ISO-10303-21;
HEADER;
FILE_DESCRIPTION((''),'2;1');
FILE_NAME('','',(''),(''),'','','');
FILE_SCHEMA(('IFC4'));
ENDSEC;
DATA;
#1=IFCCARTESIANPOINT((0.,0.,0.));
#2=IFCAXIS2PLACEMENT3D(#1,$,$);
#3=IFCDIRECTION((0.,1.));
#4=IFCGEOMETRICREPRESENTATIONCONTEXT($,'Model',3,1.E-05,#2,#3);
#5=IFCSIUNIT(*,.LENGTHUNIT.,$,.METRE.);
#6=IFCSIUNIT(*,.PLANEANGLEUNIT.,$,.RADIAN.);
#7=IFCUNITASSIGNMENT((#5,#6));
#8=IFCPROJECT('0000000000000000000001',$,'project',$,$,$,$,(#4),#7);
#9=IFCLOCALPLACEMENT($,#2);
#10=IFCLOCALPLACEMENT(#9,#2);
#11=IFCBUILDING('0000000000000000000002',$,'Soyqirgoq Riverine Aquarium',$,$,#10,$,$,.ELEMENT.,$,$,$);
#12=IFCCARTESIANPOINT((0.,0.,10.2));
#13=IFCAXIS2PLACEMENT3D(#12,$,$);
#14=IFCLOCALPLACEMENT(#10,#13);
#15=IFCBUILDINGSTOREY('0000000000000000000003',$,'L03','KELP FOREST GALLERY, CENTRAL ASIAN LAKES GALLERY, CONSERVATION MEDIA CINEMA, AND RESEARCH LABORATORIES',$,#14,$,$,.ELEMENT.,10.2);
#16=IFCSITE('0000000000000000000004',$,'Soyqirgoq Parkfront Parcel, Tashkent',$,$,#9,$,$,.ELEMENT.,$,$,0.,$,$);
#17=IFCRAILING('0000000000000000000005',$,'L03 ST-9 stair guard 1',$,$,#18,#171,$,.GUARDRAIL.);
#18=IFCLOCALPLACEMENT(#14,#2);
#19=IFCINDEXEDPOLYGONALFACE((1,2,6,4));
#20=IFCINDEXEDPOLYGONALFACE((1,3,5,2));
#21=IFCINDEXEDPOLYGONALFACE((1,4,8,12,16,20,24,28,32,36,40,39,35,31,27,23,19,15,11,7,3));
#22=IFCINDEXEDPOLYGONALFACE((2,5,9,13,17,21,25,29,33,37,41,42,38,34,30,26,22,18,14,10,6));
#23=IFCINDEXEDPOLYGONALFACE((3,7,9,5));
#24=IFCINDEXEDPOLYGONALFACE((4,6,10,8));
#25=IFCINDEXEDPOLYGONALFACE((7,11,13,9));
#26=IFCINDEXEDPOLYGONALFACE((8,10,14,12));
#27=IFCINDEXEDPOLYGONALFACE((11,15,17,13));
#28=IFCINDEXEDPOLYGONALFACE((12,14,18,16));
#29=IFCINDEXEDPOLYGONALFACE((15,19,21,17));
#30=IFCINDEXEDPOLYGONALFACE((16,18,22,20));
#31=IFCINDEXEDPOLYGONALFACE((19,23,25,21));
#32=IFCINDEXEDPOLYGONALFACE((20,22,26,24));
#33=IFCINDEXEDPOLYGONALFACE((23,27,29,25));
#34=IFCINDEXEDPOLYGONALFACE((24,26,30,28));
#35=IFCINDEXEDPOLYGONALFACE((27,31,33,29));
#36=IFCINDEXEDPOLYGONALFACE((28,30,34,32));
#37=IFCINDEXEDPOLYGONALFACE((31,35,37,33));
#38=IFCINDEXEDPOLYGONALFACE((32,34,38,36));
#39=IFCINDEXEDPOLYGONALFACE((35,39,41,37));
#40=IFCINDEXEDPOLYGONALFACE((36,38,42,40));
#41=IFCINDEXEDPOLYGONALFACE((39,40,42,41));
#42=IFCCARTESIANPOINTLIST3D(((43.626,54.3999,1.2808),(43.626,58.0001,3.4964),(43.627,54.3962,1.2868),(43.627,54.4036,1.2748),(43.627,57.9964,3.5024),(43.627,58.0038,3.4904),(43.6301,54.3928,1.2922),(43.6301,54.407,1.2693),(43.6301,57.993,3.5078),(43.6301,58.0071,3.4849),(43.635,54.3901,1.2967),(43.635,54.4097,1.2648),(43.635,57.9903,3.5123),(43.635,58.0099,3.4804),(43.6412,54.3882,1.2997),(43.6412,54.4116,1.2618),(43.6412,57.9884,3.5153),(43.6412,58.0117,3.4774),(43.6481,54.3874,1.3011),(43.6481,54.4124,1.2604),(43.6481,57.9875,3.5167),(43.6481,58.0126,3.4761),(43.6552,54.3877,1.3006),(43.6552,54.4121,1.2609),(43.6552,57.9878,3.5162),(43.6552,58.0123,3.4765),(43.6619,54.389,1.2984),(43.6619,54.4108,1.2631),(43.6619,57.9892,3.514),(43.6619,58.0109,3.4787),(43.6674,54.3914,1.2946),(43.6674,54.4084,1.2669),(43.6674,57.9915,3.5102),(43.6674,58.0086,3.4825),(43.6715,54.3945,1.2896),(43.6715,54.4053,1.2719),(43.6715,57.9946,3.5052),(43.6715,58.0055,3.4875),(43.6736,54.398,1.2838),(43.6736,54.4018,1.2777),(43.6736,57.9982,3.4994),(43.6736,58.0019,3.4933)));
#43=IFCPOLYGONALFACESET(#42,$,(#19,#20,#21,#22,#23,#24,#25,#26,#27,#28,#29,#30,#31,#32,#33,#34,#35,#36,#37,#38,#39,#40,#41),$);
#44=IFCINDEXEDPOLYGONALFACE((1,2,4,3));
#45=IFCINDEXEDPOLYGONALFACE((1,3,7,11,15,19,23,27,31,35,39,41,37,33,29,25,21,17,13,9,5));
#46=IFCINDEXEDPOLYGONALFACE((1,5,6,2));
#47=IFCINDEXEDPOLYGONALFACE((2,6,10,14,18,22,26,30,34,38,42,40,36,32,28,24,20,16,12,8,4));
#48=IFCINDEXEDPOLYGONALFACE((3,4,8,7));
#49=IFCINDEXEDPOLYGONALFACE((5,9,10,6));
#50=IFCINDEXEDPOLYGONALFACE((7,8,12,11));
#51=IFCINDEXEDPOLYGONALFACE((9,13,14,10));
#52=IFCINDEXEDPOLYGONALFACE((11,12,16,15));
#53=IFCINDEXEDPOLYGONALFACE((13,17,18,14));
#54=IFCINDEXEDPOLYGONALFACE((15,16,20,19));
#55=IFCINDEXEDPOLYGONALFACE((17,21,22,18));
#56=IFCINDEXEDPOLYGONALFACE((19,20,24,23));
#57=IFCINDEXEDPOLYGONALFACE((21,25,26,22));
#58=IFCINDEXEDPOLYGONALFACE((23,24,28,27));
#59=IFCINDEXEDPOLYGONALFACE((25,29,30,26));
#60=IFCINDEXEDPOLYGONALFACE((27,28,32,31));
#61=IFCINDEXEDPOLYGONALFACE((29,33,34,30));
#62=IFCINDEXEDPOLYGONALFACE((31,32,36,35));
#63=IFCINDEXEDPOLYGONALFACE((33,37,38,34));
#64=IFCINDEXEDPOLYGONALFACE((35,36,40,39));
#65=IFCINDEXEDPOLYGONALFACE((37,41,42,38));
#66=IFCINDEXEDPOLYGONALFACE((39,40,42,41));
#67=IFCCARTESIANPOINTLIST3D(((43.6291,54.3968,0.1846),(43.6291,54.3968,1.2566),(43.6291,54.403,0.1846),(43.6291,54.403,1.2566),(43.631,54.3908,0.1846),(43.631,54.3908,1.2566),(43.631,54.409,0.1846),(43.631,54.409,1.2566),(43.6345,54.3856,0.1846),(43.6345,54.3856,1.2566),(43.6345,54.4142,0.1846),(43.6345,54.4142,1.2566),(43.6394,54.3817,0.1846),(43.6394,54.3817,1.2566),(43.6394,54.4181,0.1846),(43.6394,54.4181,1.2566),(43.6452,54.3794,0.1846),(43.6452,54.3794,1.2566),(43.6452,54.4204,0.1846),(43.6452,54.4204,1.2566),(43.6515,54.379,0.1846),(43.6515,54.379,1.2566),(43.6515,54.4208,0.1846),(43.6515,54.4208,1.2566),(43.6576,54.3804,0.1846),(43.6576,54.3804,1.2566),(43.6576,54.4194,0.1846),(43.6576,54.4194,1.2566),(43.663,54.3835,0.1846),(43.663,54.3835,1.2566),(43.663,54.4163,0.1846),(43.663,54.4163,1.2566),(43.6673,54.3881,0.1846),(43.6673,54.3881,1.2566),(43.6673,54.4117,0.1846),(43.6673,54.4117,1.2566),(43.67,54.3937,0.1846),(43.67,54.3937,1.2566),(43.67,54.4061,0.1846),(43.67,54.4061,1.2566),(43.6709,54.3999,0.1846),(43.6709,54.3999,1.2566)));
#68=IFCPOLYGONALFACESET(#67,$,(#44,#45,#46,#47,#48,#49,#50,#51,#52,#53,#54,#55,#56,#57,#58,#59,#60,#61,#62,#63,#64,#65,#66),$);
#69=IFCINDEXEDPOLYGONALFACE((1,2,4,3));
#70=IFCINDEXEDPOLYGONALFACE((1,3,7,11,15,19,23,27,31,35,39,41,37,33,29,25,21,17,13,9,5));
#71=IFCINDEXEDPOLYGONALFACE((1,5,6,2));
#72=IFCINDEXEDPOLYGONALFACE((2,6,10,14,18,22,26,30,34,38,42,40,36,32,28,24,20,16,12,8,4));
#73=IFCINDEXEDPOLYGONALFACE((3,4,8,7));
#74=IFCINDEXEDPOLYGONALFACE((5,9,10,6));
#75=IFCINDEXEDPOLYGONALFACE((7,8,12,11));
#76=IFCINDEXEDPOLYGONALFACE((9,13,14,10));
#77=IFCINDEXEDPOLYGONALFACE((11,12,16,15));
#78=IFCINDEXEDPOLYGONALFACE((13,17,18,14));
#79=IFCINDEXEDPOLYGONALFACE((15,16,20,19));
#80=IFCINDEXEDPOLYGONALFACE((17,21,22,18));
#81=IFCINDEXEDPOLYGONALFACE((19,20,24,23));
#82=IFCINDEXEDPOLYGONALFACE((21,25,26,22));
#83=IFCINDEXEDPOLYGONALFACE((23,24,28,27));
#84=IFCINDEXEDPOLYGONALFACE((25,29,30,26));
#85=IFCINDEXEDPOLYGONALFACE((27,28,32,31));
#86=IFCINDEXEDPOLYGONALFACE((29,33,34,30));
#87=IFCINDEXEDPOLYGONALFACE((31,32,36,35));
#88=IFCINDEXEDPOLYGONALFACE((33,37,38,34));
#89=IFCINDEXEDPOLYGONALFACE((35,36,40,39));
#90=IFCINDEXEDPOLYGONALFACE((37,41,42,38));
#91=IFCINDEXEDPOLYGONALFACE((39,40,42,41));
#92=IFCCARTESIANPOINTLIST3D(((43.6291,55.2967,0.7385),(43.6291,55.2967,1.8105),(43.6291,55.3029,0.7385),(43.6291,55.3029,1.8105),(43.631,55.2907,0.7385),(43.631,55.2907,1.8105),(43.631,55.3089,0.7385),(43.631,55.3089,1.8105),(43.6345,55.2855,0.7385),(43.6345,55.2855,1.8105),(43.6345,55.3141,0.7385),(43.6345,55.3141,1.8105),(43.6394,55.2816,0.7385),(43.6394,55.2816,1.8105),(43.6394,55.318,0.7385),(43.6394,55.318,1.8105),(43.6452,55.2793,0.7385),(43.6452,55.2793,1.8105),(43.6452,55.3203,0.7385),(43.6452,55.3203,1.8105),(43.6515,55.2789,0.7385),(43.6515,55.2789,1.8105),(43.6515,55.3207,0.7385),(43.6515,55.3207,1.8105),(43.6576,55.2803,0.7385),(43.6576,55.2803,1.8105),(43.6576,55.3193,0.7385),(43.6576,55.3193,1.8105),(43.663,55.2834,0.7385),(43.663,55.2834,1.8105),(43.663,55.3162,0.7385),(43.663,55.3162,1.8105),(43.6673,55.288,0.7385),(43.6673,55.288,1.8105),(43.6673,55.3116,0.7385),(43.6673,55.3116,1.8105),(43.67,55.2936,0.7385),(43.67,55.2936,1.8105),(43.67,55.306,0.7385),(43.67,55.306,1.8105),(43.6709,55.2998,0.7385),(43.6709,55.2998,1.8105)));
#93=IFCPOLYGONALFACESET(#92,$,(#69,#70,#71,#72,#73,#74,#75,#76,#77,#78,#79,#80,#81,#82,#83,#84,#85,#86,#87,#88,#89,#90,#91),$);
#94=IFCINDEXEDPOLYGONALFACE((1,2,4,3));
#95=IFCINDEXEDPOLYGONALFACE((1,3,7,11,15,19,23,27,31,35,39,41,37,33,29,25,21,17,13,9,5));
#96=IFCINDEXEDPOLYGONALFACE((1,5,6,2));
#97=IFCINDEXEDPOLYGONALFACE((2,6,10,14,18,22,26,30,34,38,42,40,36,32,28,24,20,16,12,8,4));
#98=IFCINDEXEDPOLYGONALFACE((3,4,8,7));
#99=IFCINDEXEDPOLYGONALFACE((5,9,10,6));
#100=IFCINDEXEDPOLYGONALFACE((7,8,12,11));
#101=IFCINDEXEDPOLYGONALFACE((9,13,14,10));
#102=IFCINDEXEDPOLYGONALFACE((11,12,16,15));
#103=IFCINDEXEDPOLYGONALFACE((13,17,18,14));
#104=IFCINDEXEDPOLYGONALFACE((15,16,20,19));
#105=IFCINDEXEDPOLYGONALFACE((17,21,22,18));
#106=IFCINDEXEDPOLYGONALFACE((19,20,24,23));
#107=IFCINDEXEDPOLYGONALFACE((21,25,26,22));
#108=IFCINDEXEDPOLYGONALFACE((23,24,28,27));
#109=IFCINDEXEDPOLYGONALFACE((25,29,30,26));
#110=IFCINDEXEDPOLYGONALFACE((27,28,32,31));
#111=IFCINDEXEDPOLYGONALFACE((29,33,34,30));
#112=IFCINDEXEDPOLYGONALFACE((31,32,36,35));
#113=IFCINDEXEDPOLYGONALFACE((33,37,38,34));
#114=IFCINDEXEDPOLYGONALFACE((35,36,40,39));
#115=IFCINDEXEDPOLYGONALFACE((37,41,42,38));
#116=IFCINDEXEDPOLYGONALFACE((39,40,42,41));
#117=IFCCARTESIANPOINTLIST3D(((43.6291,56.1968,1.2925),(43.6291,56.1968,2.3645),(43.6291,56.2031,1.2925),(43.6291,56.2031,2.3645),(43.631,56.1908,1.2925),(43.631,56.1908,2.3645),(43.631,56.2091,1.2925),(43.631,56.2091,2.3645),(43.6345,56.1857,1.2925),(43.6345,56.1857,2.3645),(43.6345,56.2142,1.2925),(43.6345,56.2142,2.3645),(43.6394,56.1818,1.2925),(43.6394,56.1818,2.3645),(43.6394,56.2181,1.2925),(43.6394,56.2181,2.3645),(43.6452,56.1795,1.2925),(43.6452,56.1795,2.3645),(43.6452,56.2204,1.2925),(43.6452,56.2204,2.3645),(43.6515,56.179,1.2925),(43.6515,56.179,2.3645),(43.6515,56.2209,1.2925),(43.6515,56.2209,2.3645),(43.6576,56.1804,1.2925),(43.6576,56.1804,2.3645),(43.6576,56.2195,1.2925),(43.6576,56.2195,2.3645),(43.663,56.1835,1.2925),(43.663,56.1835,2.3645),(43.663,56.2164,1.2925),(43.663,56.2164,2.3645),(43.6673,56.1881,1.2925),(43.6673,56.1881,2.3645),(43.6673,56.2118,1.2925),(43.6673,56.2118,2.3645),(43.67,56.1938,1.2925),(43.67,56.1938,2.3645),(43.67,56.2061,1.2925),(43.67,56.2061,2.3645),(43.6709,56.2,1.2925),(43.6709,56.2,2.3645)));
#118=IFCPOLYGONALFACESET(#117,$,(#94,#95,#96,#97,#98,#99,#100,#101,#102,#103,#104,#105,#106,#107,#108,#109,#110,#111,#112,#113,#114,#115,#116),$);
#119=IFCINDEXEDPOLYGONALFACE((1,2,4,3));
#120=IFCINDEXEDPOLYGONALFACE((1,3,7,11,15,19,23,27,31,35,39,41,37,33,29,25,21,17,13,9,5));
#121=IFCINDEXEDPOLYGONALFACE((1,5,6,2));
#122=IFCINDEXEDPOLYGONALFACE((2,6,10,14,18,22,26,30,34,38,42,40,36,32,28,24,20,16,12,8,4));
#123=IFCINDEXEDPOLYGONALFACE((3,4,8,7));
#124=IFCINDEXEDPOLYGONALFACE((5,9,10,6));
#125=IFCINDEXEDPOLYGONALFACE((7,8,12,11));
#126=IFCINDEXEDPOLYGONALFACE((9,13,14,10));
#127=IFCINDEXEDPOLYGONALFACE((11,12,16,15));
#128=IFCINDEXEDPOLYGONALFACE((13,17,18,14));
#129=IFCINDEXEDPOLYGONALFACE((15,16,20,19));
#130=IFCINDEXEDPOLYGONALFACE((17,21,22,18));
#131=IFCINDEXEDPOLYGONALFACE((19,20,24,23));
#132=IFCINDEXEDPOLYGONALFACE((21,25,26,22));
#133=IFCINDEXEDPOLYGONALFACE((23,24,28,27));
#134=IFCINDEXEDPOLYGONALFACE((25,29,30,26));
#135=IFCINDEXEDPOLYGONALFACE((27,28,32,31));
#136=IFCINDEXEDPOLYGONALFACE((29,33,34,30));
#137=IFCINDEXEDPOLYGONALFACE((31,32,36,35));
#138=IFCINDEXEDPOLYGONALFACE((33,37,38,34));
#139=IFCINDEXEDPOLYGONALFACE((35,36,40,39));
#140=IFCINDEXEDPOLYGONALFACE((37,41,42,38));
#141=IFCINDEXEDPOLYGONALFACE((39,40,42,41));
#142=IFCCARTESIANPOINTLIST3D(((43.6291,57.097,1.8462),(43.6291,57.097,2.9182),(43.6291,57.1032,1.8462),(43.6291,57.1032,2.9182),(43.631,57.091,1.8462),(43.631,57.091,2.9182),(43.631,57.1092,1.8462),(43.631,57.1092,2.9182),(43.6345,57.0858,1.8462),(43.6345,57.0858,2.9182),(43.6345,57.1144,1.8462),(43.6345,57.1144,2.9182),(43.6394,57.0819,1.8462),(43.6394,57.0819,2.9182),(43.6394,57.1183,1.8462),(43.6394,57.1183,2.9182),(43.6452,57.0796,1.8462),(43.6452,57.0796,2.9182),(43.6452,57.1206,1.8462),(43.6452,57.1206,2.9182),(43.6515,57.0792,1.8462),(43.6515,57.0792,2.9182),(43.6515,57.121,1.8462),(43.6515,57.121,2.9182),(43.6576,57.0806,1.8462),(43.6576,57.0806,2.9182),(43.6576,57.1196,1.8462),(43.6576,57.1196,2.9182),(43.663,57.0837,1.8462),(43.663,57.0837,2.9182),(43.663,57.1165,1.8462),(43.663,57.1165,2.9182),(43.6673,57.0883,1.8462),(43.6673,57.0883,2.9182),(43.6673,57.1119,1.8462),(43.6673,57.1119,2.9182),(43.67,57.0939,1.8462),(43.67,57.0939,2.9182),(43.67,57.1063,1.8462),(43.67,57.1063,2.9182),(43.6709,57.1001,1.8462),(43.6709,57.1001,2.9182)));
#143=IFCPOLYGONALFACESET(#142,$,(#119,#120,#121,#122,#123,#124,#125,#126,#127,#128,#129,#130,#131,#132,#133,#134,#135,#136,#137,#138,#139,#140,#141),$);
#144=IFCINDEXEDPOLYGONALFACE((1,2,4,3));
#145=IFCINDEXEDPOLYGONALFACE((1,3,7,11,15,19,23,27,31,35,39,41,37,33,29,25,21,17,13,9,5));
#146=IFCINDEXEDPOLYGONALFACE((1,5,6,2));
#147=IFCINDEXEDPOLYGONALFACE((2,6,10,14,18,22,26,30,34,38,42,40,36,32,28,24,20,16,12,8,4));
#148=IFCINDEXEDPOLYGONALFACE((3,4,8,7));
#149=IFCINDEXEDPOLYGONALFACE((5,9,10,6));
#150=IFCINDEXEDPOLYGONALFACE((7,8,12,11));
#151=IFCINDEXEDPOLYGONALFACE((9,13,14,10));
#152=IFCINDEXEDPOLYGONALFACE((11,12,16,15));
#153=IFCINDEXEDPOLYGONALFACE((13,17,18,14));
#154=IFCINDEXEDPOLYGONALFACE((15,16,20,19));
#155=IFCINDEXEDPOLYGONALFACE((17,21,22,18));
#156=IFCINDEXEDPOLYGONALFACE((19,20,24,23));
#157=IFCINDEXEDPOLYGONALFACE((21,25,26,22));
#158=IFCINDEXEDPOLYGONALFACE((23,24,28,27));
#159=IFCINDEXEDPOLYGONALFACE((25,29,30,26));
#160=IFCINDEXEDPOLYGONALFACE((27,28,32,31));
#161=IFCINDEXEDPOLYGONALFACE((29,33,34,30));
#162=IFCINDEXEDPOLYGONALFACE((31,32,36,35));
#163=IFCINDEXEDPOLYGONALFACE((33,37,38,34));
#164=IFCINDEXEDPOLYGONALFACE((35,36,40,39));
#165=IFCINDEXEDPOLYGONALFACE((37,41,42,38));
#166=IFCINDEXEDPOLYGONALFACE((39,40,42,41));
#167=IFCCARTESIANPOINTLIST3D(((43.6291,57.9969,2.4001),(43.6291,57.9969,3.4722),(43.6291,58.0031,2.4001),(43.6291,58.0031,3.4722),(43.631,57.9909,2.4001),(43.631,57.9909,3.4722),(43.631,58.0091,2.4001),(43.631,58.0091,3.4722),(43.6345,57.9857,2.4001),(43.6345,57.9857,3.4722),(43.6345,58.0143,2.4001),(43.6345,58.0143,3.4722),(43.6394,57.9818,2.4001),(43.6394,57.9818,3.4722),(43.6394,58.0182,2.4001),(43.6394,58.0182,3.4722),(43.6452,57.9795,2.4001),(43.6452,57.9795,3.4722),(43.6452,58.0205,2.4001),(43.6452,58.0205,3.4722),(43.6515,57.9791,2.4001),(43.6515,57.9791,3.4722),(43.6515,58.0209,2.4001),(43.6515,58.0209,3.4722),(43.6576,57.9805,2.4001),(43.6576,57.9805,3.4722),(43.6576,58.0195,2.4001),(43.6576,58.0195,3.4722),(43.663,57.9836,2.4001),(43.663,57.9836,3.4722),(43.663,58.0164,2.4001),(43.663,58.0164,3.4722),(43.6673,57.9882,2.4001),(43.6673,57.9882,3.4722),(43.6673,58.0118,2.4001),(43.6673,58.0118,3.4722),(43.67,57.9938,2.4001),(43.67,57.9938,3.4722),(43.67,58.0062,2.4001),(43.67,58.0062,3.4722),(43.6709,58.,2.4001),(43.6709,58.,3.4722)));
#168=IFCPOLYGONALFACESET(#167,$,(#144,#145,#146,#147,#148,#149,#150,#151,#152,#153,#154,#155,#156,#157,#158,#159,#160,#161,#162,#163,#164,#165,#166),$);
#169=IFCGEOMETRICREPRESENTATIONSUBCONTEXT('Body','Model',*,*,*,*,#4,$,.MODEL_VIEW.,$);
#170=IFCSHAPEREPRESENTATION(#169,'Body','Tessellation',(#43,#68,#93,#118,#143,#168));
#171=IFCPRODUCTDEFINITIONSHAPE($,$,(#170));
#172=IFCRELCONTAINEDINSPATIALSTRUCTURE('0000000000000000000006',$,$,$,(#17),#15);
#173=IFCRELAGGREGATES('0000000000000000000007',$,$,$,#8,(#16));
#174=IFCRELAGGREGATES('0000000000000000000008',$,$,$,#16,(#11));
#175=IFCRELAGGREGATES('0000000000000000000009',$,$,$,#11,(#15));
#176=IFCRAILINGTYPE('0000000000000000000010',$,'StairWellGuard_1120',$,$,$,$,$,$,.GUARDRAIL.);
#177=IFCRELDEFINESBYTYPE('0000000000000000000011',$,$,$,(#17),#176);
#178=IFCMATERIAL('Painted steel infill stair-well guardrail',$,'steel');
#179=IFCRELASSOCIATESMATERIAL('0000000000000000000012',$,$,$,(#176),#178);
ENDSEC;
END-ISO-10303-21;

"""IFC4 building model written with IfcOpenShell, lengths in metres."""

from ifc_helpers import new_model, si_unit, direction, frame, origin, origin_2d, place, context, subcontext, project, spatial, circle, extrude, material, type_object, element, save


model = new_model("IFC4")

# Units and contexts
model_context = context("Model", 3, precision=1e-05, world=origin(), true_north=direction((0.0, 1.0)))
body_context = subcontext(model_context, "Body", "Model", "MODEL_VIEW")
ifc_project = project(units=[si_unit("LENGTHUNIT", "METRE"), si_unit("PLANEANGLEUNIT", "RADIAN")], contexts=[model_context])

# Site, building, storey
site_placement = place(None, origin())
site = spatial("IfcSite", under=ifc_project, at=site_placement, Name="Soyqirgoq Parkfront Parcel, Tashkent", CompositionType="ELEMENT", RefElevation=0.0)
building_placement = place(site_placement, origin())
building = spatial("IfcBuilding", under=site, at=building_placement, Name="Soyqirgoq Riverine Aquarium", CompositionType="ELEMENT")
storey_placement = place(building_placement, frame((0.0, 0.0, 10.2)))
storey = spatial("IfcBuildingStorey", under=building, at=storey_placement, Name="L03", Description="KELP FOREST GALLERY, CENTRAL ASIAN LAKES GALLERY, CONSERVATION MEDIA CINEMA, AND RESEARCH LABORATORIES", CompositionType="ELEMENT", Elevation=10.2)

# Railing
ifc_material_1 = material(Name="Painted steel infill stair-well guardrail", Category="steel")
railing_type_1 = type_object("IfcRailingType", Name="StairWellGuard_1120", PredefinedType="GUARDRAIL", material=ifc_material_1)
railing_1_placement = place(storey_placement, frame((43.6499, 54.3999, 0.1846)))
element("IfcRailing", 1, at=railing_1_placement, inside=storey, type_object=railing_type_1, Name="L03 ST-9 stair guard 1", PredefinedType="GUARDRAIL", context=body_context, shape_type="SweptSolid", body=[
    extrude(circle(Radius=0.0239, at=origin_2d()), frame((0.0, 0.0, 1.0962), z_axis=(0.0, 0.851644, 0.52412), x_axis=(-1.0, 0.0, 0.0)), (0.0, 0.0, 1.0), 4.2273),
    extrude(circle(Radius=0.021, at=origin_2d()), origin(), (0.0, 0.0, 1.0), 1.072),
    extrude(circle(Radius=0.021, at=origin_2d()), frame((0.0, 0.8999, 0.554)), (0.0, 0.0, 1.0), 1.072),
    extrude(circle(Radius=0.021, at=origin_2d()), frame((0.0, 1.8, 1.1079)), (0.0, 0.0, 1.0), 1.072),
    extrude(circle(Radius=0.021, at=origin_2d()), frame((0.0, 2.7002, 1.6616)), (0.0, 0.0, 1.0), 1.072),
    extrude(circle(Radius=0.021, at=origin_2d()), frame((0.0, 3.6001, 2.2156)), (0.0, 0.0, 1.0), 1.072),
])

save(model, "model.ifc")
